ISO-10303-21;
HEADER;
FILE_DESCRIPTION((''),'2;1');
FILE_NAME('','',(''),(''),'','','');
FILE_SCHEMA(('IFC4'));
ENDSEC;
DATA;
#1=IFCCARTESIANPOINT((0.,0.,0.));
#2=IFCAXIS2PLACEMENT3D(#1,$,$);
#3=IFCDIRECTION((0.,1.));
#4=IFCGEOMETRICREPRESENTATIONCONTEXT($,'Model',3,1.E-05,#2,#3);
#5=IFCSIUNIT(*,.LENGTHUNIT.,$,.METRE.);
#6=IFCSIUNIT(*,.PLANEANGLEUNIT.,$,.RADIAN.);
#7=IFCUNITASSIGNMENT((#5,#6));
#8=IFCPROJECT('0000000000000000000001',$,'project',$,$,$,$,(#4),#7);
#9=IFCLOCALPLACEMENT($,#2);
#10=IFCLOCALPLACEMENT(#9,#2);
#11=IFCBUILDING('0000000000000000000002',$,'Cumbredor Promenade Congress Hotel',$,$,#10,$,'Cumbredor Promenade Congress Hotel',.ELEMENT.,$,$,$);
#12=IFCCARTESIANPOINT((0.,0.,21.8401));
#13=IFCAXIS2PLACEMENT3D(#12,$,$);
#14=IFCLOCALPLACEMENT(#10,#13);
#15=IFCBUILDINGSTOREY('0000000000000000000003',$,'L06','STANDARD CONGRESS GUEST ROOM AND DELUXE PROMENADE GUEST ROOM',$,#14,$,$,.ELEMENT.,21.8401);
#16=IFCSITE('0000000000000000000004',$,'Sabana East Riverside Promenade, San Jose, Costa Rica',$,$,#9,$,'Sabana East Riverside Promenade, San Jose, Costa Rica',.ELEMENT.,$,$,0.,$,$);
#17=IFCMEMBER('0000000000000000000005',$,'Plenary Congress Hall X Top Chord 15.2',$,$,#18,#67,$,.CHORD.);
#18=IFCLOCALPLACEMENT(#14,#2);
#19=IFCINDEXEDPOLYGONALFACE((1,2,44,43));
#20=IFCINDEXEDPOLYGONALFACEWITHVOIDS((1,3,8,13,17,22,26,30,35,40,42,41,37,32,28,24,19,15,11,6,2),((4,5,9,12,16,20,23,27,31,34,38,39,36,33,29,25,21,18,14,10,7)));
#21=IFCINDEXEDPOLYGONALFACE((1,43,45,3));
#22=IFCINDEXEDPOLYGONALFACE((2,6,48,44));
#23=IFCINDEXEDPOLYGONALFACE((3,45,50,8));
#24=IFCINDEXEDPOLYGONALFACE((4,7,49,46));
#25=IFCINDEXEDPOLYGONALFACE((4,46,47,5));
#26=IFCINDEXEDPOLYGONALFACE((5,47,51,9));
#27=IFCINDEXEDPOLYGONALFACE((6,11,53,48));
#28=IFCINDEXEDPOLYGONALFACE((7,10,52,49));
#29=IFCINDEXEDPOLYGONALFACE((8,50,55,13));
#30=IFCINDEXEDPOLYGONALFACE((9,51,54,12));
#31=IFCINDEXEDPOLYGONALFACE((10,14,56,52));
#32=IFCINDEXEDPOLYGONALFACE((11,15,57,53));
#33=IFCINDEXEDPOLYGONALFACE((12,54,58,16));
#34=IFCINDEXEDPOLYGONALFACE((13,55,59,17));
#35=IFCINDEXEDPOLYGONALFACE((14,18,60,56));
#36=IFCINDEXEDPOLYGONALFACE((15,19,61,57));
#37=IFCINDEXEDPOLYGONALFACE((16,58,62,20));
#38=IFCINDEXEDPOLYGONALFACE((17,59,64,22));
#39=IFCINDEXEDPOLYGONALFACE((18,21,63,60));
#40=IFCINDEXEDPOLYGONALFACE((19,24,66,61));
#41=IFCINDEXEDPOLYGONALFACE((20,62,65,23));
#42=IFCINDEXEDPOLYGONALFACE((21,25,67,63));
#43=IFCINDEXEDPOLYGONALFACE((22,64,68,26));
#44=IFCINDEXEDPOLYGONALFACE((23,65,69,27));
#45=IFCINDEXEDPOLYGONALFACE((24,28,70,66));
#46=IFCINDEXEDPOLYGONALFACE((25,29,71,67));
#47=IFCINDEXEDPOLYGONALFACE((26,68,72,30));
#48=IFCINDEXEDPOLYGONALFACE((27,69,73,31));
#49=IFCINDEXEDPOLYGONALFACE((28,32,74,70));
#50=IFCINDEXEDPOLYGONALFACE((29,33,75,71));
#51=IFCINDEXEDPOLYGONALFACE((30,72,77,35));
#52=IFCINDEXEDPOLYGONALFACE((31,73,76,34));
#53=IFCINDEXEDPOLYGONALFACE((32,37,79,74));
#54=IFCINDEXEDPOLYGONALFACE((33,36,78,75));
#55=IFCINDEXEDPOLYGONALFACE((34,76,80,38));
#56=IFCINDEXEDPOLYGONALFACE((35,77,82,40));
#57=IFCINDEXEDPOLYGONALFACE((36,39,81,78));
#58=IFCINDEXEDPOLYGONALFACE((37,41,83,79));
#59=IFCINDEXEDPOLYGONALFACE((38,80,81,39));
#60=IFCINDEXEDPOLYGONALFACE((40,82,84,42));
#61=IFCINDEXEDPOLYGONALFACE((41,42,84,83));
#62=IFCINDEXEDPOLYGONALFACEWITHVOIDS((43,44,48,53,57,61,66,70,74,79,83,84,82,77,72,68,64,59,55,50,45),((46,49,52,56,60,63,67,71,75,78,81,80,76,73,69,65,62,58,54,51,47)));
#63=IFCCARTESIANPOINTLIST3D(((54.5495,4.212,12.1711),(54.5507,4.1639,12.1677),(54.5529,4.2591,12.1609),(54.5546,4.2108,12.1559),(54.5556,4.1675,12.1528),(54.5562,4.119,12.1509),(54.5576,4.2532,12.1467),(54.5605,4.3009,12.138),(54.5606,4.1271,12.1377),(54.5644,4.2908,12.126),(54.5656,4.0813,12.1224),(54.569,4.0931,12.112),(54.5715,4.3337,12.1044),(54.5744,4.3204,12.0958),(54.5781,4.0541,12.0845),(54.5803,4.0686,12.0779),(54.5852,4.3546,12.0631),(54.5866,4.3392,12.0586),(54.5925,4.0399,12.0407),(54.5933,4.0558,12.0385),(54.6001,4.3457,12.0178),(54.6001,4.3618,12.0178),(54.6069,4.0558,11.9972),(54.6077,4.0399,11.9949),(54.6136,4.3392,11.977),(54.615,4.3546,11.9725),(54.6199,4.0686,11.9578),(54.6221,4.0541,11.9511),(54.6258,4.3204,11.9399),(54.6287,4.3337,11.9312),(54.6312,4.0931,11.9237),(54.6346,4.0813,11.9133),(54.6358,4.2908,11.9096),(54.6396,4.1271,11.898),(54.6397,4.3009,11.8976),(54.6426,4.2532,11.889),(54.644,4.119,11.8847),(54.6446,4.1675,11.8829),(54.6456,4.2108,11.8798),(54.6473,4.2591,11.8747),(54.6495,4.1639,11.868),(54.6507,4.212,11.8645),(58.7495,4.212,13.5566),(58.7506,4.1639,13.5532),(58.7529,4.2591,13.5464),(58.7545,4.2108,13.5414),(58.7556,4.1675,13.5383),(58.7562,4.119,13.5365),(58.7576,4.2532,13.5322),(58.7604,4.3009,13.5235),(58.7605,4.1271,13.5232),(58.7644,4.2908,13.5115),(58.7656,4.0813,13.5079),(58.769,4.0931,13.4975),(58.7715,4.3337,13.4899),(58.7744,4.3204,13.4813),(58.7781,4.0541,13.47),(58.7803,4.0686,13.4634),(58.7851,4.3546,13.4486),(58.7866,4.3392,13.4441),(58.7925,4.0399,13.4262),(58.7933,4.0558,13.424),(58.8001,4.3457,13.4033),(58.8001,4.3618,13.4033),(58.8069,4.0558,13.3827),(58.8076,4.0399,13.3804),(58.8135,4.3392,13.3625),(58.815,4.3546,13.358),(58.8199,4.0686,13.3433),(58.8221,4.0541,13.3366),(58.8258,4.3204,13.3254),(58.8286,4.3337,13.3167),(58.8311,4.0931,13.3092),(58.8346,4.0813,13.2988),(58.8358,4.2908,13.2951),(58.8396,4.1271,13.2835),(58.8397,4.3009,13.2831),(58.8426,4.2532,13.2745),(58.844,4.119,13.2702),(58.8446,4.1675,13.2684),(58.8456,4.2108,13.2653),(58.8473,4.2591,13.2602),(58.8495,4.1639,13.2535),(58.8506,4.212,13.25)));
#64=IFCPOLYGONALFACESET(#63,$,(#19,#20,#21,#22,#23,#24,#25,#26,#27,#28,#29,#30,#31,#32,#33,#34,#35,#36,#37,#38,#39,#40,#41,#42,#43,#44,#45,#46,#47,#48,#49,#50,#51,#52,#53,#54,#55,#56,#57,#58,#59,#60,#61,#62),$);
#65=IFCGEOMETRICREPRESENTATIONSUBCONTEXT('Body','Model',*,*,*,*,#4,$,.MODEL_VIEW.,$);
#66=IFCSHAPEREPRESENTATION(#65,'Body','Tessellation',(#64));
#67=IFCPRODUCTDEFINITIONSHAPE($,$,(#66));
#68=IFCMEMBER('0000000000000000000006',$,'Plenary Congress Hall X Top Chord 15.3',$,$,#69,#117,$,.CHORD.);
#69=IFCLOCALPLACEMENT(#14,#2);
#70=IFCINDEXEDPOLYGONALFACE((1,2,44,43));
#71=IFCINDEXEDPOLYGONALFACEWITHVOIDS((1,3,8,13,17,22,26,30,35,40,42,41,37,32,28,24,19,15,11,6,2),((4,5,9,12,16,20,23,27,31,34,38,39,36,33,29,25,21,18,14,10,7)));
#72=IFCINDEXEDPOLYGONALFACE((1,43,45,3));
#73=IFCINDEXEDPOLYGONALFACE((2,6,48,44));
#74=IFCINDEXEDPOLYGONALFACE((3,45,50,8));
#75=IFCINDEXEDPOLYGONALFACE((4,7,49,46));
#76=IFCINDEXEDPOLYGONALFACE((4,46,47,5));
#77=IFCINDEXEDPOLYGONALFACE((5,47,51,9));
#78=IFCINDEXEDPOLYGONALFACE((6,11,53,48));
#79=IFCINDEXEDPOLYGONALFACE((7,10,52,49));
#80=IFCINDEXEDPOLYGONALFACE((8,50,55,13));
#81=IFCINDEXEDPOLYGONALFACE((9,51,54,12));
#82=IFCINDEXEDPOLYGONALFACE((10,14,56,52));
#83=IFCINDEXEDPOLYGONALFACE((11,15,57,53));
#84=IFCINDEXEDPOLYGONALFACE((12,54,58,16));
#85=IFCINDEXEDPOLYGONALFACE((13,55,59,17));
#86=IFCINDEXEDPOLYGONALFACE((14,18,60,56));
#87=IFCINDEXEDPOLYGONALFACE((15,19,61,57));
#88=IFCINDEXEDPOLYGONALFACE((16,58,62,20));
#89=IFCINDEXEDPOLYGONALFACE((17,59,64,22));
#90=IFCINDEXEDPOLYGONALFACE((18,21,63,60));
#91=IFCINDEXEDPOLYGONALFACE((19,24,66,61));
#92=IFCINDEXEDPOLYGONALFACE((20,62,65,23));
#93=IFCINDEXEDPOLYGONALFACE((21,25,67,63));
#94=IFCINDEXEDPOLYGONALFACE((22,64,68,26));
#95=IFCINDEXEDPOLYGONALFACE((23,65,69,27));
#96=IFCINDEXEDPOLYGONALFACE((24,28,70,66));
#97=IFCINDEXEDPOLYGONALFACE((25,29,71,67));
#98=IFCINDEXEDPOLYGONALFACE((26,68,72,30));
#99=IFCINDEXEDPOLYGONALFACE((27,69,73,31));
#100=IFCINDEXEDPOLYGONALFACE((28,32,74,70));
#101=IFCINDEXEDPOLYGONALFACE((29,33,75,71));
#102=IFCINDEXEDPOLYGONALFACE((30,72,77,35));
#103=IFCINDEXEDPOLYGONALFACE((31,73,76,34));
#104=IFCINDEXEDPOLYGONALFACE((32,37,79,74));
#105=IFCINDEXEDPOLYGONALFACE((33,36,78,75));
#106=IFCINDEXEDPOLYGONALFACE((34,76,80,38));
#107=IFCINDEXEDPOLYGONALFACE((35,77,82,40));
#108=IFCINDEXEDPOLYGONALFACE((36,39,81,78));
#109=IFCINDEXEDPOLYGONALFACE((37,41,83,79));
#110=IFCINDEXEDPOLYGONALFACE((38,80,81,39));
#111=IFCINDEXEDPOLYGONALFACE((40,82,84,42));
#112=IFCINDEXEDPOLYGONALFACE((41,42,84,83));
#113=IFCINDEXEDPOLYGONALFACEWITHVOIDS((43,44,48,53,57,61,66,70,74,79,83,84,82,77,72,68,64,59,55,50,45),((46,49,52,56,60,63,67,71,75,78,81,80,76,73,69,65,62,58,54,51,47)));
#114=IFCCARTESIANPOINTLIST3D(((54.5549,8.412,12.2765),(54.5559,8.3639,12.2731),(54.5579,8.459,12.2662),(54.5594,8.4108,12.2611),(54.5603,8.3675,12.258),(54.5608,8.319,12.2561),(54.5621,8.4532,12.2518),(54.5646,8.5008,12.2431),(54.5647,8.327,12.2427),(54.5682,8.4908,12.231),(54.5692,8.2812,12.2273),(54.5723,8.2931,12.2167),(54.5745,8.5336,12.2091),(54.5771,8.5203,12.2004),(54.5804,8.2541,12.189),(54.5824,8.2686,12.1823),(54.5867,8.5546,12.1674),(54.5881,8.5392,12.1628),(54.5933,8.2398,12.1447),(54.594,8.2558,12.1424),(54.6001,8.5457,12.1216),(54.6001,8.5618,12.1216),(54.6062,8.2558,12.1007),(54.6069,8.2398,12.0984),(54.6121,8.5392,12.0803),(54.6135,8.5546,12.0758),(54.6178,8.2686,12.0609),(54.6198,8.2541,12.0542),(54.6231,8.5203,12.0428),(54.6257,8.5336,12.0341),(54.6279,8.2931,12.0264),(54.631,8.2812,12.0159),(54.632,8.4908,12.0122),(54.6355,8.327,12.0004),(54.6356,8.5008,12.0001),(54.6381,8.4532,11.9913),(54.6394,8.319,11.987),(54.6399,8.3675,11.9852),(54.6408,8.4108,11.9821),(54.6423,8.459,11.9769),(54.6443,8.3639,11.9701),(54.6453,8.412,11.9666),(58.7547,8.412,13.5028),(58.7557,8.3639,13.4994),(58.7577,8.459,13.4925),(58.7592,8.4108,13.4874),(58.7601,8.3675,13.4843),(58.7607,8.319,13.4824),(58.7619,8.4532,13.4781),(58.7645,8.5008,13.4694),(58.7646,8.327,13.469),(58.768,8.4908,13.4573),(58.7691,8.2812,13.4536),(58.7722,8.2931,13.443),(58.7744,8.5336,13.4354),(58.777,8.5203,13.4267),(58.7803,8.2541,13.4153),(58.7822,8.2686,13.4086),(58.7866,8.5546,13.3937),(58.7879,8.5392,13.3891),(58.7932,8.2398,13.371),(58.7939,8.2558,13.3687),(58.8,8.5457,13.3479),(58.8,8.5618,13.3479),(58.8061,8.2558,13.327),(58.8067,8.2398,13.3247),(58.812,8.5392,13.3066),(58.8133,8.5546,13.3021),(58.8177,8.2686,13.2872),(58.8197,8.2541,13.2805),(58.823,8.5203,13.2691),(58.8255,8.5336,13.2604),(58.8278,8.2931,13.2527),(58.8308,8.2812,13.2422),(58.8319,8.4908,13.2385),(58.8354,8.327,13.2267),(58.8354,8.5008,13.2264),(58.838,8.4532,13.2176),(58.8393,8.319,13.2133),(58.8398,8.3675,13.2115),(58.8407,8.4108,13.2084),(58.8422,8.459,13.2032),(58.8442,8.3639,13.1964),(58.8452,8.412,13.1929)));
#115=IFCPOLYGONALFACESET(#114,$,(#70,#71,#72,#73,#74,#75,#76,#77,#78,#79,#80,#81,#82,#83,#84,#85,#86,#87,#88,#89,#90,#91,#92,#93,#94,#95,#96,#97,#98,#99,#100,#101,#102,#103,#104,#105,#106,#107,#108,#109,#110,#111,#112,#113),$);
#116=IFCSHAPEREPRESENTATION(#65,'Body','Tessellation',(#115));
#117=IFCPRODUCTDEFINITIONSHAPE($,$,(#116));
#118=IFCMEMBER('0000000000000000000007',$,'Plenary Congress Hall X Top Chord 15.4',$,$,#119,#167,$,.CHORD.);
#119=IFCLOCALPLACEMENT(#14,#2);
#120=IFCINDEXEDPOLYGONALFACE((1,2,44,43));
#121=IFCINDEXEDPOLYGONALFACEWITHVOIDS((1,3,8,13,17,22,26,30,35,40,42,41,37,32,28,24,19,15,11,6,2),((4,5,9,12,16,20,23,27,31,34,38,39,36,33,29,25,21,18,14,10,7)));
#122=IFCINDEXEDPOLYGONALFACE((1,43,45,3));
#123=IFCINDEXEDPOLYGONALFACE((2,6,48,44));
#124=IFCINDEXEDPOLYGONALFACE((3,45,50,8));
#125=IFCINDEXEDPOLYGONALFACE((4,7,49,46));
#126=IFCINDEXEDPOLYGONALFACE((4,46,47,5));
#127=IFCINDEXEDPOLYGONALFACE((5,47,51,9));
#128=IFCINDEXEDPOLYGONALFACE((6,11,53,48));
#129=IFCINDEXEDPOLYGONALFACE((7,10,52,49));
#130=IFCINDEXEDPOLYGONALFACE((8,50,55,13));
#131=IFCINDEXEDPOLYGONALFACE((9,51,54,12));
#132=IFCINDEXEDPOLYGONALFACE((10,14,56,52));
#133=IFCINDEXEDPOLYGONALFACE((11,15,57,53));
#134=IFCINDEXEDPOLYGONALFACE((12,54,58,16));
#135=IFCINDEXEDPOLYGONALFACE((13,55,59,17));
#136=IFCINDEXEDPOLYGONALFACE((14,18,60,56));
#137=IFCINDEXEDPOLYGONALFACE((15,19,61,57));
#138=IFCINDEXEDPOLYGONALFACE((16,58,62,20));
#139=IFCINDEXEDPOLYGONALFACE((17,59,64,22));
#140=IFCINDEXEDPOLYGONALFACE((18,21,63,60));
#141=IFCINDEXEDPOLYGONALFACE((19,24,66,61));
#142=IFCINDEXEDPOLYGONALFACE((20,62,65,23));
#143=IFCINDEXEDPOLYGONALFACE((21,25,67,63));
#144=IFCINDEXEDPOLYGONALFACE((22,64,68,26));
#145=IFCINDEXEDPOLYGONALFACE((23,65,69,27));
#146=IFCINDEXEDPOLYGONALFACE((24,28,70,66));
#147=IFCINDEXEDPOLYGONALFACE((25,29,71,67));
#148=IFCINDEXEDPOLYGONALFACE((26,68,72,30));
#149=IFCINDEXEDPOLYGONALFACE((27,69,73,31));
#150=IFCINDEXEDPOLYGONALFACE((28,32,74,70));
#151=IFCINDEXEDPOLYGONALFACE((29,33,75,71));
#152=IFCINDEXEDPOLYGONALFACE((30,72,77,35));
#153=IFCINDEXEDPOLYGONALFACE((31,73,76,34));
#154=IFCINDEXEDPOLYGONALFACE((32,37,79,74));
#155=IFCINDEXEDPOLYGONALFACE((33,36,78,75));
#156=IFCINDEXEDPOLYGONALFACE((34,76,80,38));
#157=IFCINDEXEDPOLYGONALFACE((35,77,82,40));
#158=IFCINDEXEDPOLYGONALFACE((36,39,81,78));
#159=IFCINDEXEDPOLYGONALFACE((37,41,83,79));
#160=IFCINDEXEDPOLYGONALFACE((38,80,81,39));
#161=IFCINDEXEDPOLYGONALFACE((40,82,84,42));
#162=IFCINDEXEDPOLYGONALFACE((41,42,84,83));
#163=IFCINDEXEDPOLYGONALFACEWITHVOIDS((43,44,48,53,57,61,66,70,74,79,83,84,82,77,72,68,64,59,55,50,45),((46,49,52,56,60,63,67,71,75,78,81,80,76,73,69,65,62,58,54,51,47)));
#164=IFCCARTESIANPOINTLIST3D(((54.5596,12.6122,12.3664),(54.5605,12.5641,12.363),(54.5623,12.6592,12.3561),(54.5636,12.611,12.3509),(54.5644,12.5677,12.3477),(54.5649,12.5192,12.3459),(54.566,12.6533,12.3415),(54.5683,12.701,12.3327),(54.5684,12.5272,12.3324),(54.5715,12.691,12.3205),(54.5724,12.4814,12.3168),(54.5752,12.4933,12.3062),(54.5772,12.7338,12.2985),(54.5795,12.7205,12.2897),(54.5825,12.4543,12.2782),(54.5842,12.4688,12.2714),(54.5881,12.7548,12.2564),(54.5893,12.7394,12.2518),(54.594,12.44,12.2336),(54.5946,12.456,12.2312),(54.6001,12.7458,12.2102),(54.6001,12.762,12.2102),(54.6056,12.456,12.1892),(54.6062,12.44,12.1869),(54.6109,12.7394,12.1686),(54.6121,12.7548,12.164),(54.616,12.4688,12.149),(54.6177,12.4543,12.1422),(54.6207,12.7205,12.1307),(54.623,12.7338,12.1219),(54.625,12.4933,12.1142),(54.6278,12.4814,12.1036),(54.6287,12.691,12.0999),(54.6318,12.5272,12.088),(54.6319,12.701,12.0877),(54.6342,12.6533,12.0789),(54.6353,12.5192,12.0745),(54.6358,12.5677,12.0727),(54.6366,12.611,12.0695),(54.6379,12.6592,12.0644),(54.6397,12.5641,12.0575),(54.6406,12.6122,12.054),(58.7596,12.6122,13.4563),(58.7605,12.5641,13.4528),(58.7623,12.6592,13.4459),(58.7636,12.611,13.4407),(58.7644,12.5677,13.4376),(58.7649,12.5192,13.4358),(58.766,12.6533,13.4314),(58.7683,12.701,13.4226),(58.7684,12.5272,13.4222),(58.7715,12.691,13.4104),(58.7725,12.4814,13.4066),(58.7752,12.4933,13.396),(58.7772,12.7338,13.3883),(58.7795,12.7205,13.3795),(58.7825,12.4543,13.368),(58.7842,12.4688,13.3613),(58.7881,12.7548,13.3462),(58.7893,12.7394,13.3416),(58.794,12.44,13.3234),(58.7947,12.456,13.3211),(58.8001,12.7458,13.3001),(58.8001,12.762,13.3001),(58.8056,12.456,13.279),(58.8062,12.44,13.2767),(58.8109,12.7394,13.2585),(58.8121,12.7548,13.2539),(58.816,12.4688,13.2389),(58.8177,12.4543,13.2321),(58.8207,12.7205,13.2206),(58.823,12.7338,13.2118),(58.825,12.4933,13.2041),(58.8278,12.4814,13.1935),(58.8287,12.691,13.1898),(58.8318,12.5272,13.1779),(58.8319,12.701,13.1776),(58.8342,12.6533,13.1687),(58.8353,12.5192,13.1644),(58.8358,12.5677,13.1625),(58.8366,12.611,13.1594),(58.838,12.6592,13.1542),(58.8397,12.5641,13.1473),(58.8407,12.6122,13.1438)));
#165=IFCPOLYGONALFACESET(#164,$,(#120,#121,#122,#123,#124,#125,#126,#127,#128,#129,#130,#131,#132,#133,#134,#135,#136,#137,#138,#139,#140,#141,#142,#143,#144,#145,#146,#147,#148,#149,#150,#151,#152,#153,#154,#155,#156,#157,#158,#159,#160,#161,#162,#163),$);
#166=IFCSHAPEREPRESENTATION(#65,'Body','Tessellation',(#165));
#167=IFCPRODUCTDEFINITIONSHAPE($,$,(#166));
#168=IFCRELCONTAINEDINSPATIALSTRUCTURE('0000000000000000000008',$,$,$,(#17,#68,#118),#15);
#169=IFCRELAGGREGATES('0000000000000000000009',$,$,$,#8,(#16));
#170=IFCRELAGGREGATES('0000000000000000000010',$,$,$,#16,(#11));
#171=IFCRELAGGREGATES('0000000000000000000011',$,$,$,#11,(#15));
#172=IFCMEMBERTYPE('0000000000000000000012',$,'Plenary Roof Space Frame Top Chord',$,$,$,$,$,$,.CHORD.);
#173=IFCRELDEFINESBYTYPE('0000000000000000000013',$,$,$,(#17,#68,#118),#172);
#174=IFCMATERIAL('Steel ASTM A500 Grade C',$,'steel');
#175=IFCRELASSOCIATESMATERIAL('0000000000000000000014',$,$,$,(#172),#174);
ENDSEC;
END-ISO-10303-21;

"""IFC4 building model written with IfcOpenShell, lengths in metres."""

from ifc_helpers import new_model, si_unit, direction, frame, origin, origin_2d, place, context, subcontext, project, spatial, hollow_circle, extrude, material, material_profile, profile_set, type_object, element, save


model = new_model("IFC4")

# Units and contexts
model_context = context("Model", 3, precision=1e-05, world=origin(), true_north=direction((0.0, 1.0)))
body_context = subcontext(model_context, "Body", "Model", "MODEL_VIEW")
ifc_project = project(units=[si_unit("LENGTHUNIT", "METRE"), si_unit("PLANEANGLEUNIT", "RADIAN")], contexts=[model_context])

# Site, building, storey
site_placement = place(None, origin())
site = spatial("IfcSite", under=ifc_project, at=site_placement, Name="Sabana East Riverside Promenade, San Jose, Costa Rica", LongName="Sabana East Riverside Promenade, San Jose, Costa Rica", CompositionType="ELEMENT", RefElevation=0.0)
building_placement = place(site_placement, origin())
building = spatial("IfcBuilding", under=site, at=building_placement, Name="Cumbredor Promenade Congress Hotel", LongName="Cumbredor Promenade Congress Hotel", CompositionType="ELEMENT")
storey_placement = place(building_placement, frame((0.0, 0.0, 21.8401)))
storey = spatial("IfcBuildingStorey", under=building, at=storey_placement, Name="L06", Description="STANDARD CONGRESS GUEST ROOM AND DELUXE PROMENADE GUEST ROOM", CompositionType="ELEMENT", Elevation=21.8401)

# Members
ifc_material_1 = material(Name="Steel ASTM A500 Grade C", Category="steel")
ifc_material_profile_1 = material_profile(ifc_material_1, hollow_circle(Radius=0.1619, WallThickness=0.0161, at=origin_2d()), Name="CHS 323.9x16")
ifc_profile_set_1 = profile_set([ifc_material_profile_1], Name="Steel ASTM A500 Grade C")
member_type_1 = type_object("IfcMemberType", Name="Plenary Roof Space Frame Top Chord", PredefinedType="CHORD", material=ifc_profile_set_1)
member_1_placement = place(storey_placement, frame((54.6001, 4.2, 12.0178), z_axis=(0.949661, 0.0, 0.313278), x_axis=(0.0, 1.0, 0.0)))
element("IfcMember", 1, at=member_1_placement, inside=storey, type_object=member_type_1, Name="Plenary Congress Hall X Top Chord 15.2", PredefinedType="CHORD", context=body_context, shape_type="SweptSolid", body=[
    extrude(hollow_circle(Radius=0.1619, WallThickness=0.0161, at=origin_2d()), origin(), (0.0, 0.0, 1.0), 4.4226),
])
member_2_placement = place(storey_placement, frame((54.6001, 8.3999, 12.1216), z_axis=(0.959918, 0.0, 0.280281), x_axis=(0.0, 1.0, 0.0)))
element("IfcMember", 2, at=member_2_placement, inside=storey, type_object=member_type_1, Name="Plenary Congress Hall X Top Chord 15.3", PredefinedType="CHORD", context=body_context, shape_type="SweptSolid", body=[
    extrude(hollow_circle(Radius=0.1619, WallThickness=0.0161, at=origin_2d()), origin(), (0.0, 0.0, 1.0), 4.3752),
])
member_3_placement = place(storey_placement, frame((54.6001, 12.6001, 12.2102), z_axis=(0.967943, 0.0, 0.251171), x_axis=(0.0, 1.0, 0.0)))
element("IfcMember", 3, at=member_3_placement, inside=storey, type_object=member_type_1, Name="Plenary Congress Hall X Top Chord 15.4", PredefinedType="CHORD", context=body_context, shape_type="SweptSolid", body=[
    extrude(hollow_circle(Radius=0.1619, WallThickness=0.0161, at=origin_2d()), origin(), (0.0, 0.0, 1.0), 4.3391),
])

save(model, "model.ifc")
